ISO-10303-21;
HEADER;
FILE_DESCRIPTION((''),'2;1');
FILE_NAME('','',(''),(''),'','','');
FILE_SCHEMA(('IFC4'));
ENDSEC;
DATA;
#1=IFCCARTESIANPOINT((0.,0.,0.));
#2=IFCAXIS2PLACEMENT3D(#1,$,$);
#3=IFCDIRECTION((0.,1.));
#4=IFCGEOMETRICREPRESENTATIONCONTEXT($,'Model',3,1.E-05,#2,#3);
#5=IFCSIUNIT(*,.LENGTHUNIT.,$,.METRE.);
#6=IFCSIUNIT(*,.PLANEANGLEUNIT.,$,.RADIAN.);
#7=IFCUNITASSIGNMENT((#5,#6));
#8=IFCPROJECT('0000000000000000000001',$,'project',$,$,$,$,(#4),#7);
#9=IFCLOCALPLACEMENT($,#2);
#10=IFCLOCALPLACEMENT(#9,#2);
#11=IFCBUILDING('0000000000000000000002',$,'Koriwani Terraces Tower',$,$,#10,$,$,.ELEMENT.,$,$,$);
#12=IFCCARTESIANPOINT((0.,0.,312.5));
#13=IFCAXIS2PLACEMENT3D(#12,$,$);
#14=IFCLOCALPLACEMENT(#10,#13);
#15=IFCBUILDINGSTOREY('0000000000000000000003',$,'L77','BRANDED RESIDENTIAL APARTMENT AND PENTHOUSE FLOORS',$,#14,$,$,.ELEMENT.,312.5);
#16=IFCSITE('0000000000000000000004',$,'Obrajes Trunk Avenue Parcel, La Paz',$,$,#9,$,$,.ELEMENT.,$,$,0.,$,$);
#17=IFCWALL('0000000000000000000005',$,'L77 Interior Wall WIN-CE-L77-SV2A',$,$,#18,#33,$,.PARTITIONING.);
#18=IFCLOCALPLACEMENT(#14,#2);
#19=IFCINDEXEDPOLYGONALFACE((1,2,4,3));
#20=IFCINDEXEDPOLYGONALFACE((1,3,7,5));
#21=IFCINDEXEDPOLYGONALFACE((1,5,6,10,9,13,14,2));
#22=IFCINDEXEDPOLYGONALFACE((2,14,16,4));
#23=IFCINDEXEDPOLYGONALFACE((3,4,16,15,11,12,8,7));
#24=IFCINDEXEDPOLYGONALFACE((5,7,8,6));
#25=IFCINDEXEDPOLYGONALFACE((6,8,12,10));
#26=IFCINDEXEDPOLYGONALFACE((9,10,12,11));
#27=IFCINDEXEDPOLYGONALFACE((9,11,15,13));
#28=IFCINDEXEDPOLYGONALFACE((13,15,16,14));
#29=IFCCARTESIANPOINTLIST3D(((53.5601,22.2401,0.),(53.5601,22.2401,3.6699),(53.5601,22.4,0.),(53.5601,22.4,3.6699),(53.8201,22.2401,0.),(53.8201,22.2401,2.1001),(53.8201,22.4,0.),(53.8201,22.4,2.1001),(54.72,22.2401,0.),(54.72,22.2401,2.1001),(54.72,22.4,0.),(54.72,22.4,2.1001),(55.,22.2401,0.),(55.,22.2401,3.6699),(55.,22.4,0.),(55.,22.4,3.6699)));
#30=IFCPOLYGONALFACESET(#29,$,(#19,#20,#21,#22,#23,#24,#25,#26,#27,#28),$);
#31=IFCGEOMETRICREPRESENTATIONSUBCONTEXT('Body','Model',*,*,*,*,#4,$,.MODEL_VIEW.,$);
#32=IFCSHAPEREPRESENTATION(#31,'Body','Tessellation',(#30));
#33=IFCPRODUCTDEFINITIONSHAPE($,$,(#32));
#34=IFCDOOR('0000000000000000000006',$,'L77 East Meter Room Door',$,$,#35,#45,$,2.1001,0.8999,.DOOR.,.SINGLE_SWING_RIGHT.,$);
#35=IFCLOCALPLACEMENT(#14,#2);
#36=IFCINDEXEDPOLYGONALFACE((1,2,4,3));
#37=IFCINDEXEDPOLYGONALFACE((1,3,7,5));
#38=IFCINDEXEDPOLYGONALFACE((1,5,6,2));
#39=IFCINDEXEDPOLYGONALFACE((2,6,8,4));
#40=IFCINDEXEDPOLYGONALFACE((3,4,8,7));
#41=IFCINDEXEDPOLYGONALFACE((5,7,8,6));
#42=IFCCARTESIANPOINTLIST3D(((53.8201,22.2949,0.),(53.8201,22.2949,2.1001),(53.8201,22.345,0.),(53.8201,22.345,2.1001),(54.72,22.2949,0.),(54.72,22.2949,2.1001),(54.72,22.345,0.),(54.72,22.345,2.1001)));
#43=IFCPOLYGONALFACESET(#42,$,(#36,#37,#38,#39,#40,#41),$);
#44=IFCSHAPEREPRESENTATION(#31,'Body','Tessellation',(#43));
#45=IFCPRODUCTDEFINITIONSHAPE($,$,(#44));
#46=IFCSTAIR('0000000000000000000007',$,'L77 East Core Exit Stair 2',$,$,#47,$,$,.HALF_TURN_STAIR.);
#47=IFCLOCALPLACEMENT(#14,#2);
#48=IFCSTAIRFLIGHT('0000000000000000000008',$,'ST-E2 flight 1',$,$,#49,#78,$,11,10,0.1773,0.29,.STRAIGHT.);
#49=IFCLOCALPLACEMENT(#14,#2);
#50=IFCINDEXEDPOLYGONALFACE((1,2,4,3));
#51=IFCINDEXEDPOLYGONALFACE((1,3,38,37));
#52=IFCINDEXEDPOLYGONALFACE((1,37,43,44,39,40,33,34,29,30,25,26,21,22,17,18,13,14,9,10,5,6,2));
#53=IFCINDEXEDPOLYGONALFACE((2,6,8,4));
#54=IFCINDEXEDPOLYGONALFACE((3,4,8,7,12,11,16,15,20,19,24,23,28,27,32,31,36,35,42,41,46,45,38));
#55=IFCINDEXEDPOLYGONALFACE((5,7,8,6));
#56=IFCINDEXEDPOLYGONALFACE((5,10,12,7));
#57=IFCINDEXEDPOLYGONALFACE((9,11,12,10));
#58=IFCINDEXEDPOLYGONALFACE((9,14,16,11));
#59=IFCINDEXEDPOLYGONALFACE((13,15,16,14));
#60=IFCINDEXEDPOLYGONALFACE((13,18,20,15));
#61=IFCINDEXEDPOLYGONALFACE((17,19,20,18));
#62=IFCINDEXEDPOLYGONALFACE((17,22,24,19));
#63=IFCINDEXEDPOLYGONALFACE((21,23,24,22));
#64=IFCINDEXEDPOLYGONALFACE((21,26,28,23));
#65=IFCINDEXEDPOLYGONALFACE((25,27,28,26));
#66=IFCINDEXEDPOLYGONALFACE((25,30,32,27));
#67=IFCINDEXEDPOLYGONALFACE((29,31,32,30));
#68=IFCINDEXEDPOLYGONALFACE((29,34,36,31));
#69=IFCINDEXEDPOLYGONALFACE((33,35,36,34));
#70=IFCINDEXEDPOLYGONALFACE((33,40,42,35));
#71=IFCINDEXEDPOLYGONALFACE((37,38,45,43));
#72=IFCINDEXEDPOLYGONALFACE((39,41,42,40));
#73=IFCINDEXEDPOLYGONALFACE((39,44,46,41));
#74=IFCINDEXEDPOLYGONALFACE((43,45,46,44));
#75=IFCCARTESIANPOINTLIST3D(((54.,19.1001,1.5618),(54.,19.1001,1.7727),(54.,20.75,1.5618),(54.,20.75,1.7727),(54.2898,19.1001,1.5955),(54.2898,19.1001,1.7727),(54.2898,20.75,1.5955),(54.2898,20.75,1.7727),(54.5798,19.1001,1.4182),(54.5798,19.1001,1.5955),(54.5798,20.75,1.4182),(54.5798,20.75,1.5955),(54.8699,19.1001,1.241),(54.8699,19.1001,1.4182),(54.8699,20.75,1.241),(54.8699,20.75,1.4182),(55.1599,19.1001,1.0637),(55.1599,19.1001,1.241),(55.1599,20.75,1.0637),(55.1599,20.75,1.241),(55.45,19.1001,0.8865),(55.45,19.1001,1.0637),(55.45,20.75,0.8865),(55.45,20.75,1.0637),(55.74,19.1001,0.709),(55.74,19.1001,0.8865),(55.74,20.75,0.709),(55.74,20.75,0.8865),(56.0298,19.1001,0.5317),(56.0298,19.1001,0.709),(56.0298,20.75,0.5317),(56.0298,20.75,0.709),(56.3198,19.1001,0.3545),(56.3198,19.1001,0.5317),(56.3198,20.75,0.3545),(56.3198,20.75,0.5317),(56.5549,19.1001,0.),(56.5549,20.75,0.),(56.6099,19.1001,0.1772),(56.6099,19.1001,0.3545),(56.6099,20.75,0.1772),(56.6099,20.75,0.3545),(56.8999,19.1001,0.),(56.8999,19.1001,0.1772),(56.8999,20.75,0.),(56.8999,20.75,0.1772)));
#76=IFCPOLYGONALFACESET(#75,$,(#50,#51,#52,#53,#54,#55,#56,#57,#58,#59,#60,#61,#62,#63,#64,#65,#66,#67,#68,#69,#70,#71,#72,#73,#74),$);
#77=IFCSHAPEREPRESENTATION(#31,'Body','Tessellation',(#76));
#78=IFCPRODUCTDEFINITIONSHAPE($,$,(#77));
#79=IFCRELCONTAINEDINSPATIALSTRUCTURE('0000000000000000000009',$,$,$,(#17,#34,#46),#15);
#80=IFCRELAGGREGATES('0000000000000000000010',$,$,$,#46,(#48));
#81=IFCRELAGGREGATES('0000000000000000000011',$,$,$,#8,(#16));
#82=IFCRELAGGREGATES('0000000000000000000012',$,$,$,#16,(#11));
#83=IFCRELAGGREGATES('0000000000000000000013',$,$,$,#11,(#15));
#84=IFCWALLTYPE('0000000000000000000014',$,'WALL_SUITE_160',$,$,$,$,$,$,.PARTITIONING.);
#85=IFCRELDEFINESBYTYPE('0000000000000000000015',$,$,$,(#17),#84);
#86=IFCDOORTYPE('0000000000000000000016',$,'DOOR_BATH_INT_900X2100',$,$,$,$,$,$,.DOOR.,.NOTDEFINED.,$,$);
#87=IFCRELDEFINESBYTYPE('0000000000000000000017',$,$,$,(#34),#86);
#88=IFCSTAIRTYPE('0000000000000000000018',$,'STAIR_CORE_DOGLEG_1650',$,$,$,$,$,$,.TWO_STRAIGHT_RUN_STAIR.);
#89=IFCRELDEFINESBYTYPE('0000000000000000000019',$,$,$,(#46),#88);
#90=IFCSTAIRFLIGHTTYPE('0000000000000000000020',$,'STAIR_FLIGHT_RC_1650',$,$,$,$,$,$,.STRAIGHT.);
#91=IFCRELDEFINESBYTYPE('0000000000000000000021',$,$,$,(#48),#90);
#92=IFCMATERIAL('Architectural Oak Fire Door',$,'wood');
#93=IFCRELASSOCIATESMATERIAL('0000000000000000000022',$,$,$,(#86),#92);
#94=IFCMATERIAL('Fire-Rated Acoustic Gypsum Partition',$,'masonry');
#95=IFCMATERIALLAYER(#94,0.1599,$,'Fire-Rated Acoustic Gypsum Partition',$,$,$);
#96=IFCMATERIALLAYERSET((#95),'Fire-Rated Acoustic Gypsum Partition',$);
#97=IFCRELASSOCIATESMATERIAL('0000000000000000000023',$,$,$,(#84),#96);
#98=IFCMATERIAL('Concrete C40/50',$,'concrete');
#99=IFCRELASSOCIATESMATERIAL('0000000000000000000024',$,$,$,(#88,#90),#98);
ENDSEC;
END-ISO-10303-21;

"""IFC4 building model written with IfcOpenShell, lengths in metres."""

from ifc_helpers import new_model, si_unit, direction, frame, frame_2d, origin, place, context, subcontext, project, spatial, polyline, rectangle, outline, extrude, material, layer, layer_set, type_object, element, fill, aggregate, save


model = new_model("IFC4")

# Units and contexts
model_context = context("Model", 3, precision=1e-05, world=origin(), true_north=direction((0.0, 1.0)))
body_context = subcontext(model_context, "Body", "Model", "MODEL_VIEW")
ifc_project = project(units=[si_unit("LENGTHUNIT", "METRE"), si_unit("PLANEANGLEUNIT", "RADIAN")], contexts=[model_context])

# Site, building, storey
site_placement = place(None, origin())
site = spatial("IfcSite", under=ifc_project, at=site_placement, Name="Obrajes Trunk Avenue Parcel, La Paz", CompositionType="ELEMENT", RefElevation=0.0)
building_placement = place(site_placement, origin())
building = spatial("IfcBuilding", under=site, at=building_placement, Name="Koriwani Terraces Tower", CompositionType="ELEMENT")
storey_placement = place(building_placement, frame((0.0, 0.0, 312.5)))
storey = spatial("IfcBuildingStorey", under=building, at=storey_placement, Name="L77", Description="BRANDED RESIDENTIAL APARTMENT AND PENTHOUSE FLOORS", CompositionType="ELEMENT", Elevation=312.5)

# Shared definitions
ifc_material_1 = material(Name="Concrete C40/50", Category="concrete")

# Shared definitions
ifc_material_2 = material(Name="Fire-Rated Acoustic Gypsum Partition", Category="masonry")
ifc_material_3 = material(Name="Architectural Oak Fire Door", Category="wood")
door_type_1 = type_object("IfcDoorType", Name="DOOR_BATH_INT_900X2100", OperationType="NOTDEFINED", PredefinedType="DOOR", material=ifc_material_3)

# Wall, opening, door
ifc_layer_1 = layer(ifc_material_2, 0.1599, Name="Fire-Rated Acoustic Gypsum Partition")
ifc_layer_set_1 = layer_set([ifc_layer_1], Name="Fire-Rated Acoustic Gypsum Partition")
wall_type_1 = type_object("IfcWallType", Name="WALL_SUITE_160", PredefinedType="PARTITIONING", material=ifc_layer_set_1)
wall_1_placement = place(storey_placement, frame((53.5601, 22.3201, 0.0), z_axis=(0.0, 0.0, 1.0), x_axis=(1.0, 0.0, 0.0)))
wall_1 = element("IfcWall", 1, at=wall_1_placement, inside=storey, type_object=wall_type_1, Name="L77 Interior Wall WIN-CE-L77-SV2A", PredefinedType="PARTITIONING", context=body_context, shape_type="SweptSolid", body=[
    extrude(rectangle(XDim=1.4399, YDim=0.1599, at=frame_2d((0.72, 0.0))), origin(), (0.0, 0.0, 1.0), 3.6699),
])
opening_1_placement = place(wall_1_placement, frame((0.26, 0.0, 0.0)))
opening_1 = element("IfcOpeningElement", 2, at=opening_1_placement, cuts=wall_1, PredefinedType="OPENING", context=body_context, shape_type="SweptSolid", body=[
    extrude(rectangle(XDim=0.8999, YDim=2.1001, at=frame_2d((0.45, 1.05))), frame((0.0, 0.0898, 0.0), z_axis=(0.0, -1.0, 0.0), x_axis=(1.0, 0.0, 0.0)), (0.0, 0.0, 1.0), 0.1799),
])
door_1_placement = place(opening_1_placement, origin())
door_1 = element("IfcDoor", 3, at=door_1_placement, inside=storey, type_object=door_type_1, Name="L77 East Meter Room Door", OperationType="SINGLE_SWING_RIGHT", OverallHeight=2.1001, OverallWidth=0.8999, PredefinedType="DOOR", context=body_context, shape_type="SweptSolid", body=[
    extrude(rectangle(XDim=0.8999, YDim=2.1001, at=frame_2d((0.45, 1.05))), frame((0.0, 0.0249, 0.0), z_axis=(0.0, -1.0, 0.0), x_axis=(1.0, 0.0, 0.0)), (0.0, 0.0, 1.0), 0.05),
])
fill(opening_1, door_1)

# Stair, stair flight
stair_type = type_object("IfcStairType", Name="STAIR_CORE_DOGLEG_1650", PredefinedType="TWO_STRAIGHT_RUN_STAIR", material=ifc_material_1)
stair_placement = place(storey_placement, origin())
stair = element("IfcStair", 4, at=stair_placement, inside=storey, type_object=stair_type, Name="L77 East Core Exit Stair 2", PredefinedType="HALF_TURN_STAIR")
stair_flight_type = type_object("IfcStairFlightType", Name="STAIR_FLIGHT_RC_1650", PredefinedType="STRAIGHT", material=ifc_material_1)
stair_flight_placement = place(storey_placement, frame((56.8999, 19.925, 0.0), z_axis=(0.0, 0.0, 1.0), x_axis=(-1.0, 0.0, 0.0)))
stair_flight = element("IfcStairFlight", 5, at=stair_flight_placement, type_object=stair_flight_type, Name="ST-E2 flight 1", NumberOfRisers=11, NumberOfTreads=10, PredefinedType="STRAIGHT", RiserHeight=0.1773, TreadLength=0.29, context=body_context, shape_type="SweptSolid", body=[
    extrude(outline(polyline([(0.0, 0.0), (0.0, 0.1772), (0.29, 0.1772), (0.29, 0.3545), (0.5801, 0.3545), (0.5801, 0.5317), (0.8701, 0.5317), (0.8701, 0.709), (1.1599, 0.709), (1.1599, 0.8865), (1.45, 0.8865), (1.45, 1.0637), (1.74, 1.0637), (1.74, 1.241), (2.03, 1.241), (2.03, 1.4182), (2.3201, 1.4182), (2.3201, 1.5955), (2.6101, 1.5955), (2.6101, 1.7727), (2.8999, 1.7727), (2.8999, 1.95), (2.8999, 1.5618), (0.345, 0.0), (0.0, 0.0)])), frame((0.0, 0.825, 0.0), z_axis=(0.0, -1.0, 0.0), x_axis=(1.0, 0.0, 0.0)), (0.0, 0.0, 1.0), 1.6499),
])
aggregate(stair, [stair_flight])

save(model, "model.ifc")
